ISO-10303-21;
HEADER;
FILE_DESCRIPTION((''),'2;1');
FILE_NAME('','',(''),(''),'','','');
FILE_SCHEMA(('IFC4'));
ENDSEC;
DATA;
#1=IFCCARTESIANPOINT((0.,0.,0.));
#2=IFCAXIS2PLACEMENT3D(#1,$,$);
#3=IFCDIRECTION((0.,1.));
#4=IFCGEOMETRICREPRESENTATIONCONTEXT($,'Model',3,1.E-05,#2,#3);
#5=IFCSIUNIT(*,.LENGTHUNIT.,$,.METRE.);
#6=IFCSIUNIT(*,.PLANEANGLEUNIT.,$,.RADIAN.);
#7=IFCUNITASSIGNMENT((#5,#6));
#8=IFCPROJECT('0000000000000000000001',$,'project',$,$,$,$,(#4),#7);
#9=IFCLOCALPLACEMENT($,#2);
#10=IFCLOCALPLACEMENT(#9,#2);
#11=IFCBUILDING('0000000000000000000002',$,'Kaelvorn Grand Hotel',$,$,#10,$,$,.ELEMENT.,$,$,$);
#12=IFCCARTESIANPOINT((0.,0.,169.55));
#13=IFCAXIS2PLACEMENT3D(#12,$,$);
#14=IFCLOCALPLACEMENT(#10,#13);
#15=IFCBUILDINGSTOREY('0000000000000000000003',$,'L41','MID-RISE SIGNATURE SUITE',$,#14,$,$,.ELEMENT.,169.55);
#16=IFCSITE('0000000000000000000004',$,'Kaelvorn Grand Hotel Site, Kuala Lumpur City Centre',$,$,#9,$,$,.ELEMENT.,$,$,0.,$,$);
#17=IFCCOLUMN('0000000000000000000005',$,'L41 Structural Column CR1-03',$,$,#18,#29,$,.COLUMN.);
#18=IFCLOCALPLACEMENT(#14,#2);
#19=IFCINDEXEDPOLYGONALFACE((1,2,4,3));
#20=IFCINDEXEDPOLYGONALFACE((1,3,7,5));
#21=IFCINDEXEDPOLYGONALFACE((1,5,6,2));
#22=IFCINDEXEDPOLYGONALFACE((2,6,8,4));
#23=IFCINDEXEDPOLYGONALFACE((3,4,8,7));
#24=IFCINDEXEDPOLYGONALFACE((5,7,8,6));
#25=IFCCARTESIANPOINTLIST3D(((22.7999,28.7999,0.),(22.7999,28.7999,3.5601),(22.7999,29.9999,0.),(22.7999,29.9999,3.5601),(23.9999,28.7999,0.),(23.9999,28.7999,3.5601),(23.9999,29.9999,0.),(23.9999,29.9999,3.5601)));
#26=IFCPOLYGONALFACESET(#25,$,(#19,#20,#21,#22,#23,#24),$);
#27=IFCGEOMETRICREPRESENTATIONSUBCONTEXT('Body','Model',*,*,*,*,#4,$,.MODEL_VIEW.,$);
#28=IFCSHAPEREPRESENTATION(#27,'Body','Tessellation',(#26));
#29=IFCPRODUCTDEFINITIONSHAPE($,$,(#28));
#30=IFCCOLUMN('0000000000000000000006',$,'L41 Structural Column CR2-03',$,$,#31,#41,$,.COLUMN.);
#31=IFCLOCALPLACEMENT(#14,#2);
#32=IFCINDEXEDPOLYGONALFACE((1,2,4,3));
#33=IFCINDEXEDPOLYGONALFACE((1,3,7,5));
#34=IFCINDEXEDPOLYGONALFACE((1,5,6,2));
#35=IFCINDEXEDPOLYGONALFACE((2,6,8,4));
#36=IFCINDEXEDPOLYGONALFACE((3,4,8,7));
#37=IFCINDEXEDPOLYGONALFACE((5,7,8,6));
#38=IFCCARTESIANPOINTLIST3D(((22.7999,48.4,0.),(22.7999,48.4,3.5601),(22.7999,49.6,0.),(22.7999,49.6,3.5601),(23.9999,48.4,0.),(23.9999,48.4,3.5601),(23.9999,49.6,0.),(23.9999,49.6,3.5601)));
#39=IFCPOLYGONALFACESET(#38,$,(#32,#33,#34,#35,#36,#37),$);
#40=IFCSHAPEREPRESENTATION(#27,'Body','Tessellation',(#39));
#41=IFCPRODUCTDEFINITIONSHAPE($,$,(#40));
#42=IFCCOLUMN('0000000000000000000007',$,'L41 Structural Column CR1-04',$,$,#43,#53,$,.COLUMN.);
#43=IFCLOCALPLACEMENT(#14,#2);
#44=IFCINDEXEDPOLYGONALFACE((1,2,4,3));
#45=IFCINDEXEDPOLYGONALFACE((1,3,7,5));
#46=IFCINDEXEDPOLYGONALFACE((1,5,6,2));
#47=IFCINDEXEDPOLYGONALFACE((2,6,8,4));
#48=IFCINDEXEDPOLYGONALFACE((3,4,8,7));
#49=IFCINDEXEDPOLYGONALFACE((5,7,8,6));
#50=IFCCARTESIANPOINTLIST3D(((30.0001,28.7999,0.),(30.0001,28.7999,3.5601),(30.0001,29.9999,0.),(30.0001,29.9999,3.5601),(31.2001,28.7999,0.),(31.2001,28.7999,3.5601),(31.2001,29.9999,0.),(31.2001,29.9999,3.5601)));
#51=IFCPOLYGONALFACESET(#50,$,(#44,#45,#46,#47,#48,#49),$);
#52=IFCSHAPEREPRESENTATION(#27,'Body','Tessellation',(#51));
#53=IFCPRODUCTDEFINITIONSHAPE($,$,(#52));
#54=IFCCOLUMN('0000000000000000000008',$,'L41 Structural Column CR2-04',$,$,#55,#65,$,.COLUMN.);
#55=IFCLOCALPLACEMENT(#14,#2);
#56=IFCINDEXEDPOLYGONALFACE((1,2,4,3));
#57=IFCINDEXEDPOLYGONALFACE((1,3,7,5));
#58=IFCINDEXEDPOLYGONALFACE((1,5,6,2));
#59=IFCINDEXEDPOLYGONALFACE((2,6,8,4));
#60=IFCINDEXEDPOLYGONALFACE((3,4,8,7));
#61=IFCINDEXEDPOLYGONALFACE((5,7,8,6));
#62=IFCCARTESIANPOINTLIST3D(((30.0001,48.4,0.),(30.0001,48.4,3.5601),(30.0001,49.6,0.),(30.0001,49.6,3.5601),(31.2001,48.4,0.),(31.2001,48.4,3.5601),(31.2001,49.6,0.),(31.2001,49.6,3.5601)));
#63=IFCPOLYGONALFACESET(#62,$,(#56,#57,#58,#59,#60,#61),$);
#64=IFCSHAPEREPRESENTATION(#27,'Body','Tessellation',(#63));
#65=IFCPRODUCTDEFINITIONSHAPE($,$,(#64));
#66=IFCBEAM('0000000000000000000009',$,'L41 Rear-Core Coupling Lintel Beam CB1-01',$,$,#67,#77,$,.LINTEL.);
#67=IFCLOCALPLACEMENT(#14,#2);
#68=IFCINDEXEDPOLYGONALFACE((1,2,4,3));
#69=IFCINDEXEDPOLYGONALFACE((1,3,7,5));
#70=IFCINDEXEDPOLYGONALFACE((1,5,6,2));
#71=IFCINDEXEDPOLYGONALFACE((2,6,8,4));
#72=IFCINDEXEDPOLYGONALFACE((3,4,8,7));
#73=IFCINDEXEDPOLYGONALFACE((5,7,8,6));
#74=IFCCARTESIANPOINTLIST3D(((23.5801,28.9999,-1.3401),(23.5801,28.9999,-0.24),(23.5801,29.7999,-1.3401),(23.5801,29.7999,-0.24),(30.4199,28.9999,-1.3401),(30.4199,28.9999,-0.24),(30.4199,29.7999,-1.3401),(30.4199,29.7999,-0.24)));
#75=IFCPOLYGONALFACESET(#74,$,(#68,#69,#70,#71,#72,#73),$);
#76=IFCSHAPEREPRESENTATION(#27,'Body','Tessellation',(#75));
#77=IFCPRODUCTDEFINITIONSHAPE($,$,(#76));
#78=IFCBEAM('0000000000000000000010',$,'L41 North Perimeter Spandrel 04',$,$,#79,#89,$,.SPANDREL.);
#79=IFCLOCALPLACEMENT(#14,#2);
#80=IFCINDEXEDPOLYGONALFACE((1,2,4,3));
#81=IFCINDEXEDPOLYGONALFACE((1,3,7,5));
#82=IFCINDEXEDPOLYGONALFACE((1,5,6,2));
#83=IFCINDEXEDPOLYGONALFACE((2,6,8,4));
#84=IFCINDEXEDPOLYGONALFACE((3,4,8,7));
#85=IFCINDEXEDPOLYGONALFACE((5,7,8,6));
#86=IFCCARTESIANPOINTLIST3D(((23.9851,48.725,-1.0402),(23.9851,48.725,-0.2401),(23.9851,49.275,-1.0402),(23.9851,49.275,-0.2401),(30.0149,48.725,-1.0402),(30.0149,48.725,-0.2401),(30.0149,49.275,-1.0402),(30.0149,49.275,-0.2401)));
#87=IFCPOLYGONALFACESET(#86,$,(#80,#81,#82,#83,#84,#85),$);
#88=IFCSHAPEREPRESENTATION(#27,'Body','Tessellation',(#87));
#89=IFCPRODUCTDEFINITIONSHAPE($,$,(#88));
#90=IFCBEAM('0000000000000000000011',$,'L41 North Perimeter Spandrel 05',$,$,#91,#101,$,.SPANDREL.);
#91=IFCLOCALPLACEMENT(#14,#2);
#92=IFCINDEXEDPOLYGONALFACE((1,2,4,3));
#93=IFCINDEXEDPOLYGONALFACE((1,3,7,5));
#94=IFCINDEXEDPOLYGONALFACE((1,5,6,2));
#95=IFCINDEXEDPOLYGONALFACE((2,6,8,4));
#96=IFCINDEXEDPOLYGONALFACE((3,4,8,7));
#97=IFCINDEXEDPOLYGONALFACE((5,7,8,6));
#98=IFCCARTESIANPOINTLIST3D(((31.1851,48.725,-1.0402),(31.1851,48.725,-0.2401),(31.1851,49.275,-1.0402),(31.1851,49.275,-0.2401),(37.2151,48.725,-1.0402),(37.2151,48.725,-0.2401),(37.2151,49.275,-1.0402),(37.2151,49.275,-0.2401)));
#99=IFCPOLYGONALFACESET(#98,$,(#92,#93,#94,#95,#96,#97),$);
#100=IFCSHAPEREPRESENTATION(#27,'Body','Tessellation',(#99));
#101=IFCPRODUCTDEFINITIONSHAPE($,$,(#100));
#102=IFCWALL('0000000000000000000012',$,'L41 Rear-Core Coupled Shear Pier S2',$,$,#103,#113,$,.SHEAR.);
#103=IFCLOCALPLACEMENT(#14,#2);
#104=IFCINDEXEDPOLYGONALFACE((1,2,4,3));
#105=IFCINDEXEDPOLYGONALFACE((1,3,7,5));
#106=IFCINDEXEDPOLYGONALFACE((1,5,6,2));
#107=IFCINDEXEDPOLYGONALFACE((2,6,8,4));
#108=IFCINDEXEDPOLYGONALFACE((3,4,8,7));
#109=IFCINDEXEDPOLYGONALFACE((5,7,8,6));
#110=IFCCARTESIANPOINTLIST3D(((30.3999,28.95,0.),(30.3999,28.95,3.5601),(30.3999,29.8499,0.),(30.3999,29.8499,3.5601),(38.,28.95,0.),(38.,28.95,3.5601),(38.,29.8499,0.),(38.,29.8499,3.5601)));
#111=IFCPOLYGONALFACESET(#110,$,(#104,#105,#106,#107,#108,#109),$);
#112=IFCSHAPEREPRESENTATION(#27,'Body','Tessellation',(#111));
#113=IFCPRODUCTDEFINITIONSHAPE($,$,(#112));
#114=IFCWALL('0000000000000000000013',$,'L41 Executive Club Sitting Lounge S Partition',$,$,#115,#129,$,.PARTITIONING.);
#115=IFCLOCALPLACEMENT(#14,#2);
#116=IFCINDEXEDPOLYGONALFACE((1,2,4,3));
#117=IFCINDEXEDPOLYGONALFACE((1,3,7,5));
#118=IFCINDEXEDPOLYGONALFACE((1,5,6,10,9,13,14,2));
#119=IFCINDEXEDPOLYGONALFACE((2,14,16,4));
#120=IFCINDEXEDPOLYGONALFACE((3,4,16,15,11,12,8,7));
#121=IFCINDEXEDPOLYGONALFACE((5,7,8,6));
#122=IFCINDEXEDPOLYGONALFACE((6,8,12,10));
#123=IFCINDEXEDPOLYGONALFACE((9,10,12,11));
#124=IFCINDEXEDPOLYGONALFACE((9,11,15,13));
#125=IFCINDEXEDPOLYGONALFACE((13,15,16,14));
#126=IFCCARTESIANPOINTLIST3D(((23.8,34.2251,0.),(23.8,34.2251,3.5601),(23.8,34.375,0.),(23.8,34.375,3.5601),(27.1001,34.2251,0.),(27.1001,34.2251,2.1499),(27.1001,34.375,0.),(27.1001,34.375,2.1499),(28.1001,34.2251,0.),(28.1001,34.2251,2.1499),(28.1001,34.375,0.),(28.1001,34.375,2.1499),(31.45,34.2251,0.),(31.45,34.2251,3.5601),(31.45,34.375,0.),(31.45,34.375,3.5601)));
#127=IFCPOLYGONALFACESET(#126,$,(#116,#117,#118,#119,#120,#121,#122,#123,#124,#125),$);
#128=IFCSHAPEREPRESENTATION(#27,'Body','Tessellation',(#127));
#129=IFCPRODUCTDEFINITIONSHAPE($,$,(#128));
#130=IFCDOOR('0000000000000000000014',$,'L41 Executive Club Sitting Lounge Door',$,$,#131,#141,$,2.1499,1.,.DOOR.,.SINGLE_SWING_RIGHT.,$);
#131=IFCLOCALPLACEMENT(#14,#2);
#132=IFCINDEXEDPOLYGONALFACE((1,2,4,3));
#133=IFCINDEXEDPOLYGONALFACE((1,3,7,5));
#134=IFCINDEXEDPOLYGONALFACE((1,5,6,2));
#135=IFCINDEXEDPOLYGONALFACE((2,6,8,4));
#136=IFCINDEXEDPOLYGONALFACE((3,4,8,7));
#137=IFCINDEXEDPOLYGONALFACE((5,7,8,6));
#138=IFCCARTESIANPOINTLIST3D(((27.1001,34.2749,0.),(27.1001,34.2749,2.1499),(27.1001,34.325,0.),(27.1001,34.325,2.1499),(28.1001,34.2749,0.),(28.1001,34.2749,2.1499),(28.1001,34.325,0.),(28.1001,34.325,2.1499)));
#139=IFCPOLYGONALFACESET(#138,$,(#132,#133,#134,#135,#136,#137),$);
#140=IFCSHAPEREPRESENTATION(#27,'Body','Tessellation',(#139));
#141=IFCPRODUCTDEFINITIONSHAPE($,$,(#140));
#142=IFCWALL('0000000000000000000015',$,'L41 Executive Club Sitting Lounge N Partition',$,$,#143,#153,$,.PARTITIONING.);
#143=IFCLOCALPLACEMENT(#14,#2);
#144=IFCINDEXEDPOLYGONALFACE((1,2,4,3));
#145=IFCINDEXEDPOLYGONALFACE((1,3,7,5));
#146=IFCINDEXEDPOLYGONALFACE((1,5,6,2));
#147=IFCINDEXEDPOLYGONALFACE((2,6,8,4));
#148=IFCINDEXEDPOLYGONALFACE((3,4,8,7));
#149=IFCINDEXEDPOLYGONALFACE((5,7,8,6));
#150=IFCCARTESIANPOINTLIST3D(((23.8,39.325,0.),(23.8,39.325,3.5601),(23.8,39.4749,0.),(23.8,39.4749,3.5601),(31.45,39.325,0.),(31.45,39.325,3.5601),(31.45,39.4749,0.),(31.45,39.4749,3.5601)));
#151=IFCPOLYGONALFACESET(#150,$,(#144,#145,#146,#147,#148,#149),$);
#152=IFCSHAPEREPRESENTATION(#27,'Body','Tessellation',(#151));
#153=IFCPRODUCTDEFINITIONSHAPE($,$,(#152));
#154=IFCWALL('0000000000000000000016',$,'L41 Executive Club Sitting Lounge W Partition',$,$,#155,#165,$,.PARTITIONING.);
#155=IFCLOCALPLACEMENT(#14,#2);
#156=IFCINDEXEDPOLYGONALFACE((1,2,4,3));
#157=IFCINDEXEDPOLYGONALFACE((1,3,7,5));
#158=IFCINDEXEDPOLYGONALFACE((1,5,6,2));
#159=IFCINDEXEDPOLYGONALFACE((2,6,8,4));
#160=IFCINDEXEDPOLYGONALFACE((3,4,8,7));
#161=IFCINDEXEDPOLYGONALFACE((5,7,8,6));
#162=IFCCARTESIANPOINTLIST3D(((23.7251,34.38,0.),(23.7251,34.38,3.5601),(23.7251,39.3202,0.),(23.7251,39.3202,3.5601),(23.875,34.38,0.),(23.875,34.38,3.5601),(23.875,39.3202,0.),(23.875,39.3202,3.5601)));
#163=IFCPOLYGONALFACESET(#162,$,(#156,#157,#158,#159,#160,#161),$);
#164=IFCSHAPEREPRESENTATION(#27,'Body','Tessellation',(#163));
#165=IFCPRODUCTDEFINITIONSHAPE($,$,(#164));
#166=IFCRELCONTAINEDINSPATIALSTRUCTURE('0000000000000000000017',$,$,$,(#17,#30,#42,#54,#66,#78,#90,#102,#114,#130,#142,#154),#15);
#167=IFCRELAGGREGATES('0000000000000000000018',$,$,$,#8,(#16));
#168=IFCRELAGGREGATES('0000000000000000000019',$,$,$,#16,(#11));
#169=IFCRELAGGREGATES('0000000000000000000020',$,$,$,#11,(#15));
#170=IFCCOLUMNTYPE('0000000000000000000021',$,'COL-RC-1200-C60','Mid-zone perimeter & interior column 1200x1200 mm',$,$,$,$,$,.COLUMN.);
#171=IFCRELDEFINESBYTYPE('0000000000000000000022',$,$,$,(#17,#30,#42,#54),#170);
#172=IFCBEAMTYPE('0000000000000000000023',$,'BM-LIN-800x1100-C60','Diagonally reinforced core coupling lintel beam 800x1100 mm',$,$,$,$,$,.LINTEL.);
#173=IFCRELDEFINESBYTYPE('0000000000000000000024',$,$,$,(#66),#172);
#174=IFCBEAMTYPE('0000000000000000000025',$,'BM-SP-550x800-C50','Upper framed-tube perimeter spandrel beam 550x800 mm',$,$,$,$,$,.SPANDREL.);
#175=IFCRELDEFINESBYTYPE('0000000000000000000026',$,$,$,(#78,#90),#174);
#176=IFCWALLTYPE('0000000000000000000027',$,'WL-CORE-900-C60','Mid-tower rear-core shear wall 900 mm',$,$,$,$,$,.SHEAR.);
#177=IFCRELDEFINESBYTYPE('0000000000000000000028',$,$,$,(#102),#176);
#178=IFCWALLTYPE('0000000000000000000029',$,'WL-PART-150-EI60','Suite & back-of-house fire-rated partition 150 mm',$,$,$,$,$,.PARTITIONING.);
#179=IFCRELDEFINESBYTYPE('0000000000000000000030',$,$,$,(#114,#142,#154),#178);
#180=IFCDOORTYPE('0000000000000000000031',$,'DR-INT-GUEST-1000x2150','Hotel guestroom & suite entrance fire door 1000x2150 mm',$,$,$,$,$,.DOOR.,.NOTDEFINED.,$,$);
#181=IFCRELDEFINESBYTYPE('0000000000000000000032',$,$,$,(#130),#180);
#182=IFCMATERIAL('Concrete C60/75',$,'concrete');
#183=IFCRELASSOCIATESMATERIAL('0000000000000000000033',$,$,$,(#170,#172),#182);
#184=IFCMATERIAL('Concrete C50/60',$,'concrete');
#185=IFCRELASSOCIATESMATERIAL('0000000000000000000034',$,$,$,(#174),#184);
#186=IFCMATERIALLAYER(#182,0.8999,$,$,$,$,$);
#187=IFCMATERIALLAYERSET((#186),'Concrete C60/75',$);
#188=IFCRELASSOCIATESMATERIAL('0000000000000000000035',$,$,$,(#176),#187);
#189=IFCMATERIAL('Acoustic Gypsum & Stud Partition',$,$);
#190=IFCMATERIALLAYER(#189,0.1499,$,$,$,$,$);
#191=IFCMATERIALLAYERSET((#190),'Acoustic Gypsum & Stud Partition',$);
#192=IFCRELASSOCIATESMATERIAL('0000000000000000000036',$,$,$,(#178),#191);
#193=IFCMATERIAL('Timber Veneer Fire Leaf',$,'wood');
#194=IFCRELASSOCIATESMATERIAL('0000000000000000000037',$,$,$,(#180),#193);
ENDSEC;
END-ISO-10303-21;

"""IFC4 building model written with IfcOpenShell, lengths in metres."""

from ifc_helpers import new_model, si_unit, direction, frame, frame_2d, origin, origin_2d, place, context, subcontext, project, spatial, rectangle, extrude, material, layer, layer_set, material_profile, profile_set, type_object, element, fill, save


model = new_model("IFC4")

# Units and contexts
model_context = context("Model", 3, precision=1e-05, world=origin(), true_north=direction((0.0, 1.0)))
body_context = subcontext(model_context, "Body", "Model", "MODEL_VIEW")
ifc_project = project(units=[si_unit("LENGTHUNIT", "METRE"), si_unit("PLANEANGLEUNIT", "RADIAN")], contexts=[model_context])

# Site, building, storey
site_placement = place(None, origin())
site = spatial("IfcSite", under=ifc_project, at=site_placement, Name="Kaelvorn Grand Hotel Site, Kuala Lumpur City Centre", CompositionType="ELEMENT", RefElevation=0.0)
building_placement = place(site_placement, origin())
building = spatial("IfcBuilding", under=site, at=building_placement, Name="Kaelvorn Grand Hotel", CompositionType="ELEMENT")
storey_placement = place(building_placement, frame((0.0, 0.0, 169.55)))
storey = spatial("IfcBuildingStorey", under=building, at=storey_placement, Name="L41", Description="MID-RISE SIGNATURE SUITE", CompositionType="ELEMENT", Elevation=169.55)

# Columns
ifc_material_1 = material(Name="Concrete C60/75", Category="concrete")
ifc_material_profile_1 = material_profile(ifc_material_1, rectangle(XDim=1.2, YDim=1.2, at=origin_2d()), Name="RC COL 1200x1200")
ifc_profile_set_1 = profile_set([ifc_material_profile_1], Name="Concrete C60/75")
column_type = type_object("IfcColumnType", Name="COL-RC-1200-C60", Description="Mid-zone perimeter & interior column 1200x1200 mm", PredefinedType="COLUMN", material=ifc_profile_set_1)
for number, where, z_axis, x_axis, name in (
    (1, (23.3999, 29.3999, 0.0), (0.0, 0.0, 1.0), (1.0, 0.0, 0.0), "L41 Structural Column CR1-03"),
    (2, (23.3999, 49.0, 0.0), (0.0, 0.0, 1.0), (1.0, 0.0, 0.0), "L41 Structural Column CR2-03"),
    (3, (30.6001, 29.3999, 0.0), (0.0, 0.0, 1.0), (1.0, 0.0, 0.0), "L41 Structural Column CR1-04"),
    (4, (30.6001, 49.0, 0.0), (0.0, 0.0, 1.0), (1.0, 0.0, 0.0), "L41 Structural Column CR2-04"),
):
    element("IfcColumn", number, at=place(storey_placement, frame(where, z_axis=z_axis, x_axis=x_axis)), inside=storey, type_object=column_type, Name=name, PredefinedType="COLUMN", context=body_context, shape_type="SweptSolid", body=[
        extrude(rectangle(XDim=1.2, YDim=1.2, at=origin_2d()), origin(), (0.0, 0.0, 1.0), 3.5601),
    ])

# Beams
ifc_material_profile_2 = material_profile(ifc_material_1, rectangle(XDim=0.8, YDim=1.1001, at=origin_2d()), Name="RC LINTEL 800x1100")
ifc_profile_set_2 = profile_set([ifc_material_profile_2], Name="Concrete C60/75")
beam_type_1 = type_object("IfcBeamType", Name="BM-LIN-800x1100-C60", Description="Diagonally reinforced core coupling lintel beam 800x1100 mm", PredefinedType="LINTEL", material=ifc_profile_set_2)
beam_1_placement = place(storey_placement, frame((23.5801, 29.3999, -0.79), z_axis=(1.0, 0.0, 0.0), x_axis=(0.0, 1.0, 0.0)))
element("IfcBeam", 5, at=beam_1_placement, inside=storey, type_object=beam_type_1, Name="L41 Rear-Core Coupling Lintel Beam CB1-01", PredefinedType="LINTEL", context=body_context, shape_type="SweptSolid", body=[
    extrude(rectangle(XDim=0.8, YDim=1.1001, at=origin_2d()), origin(), (0.0, 0.0, 1.0), 6.8398),
])
ifc_material_2 = material(Name="Concrete C50/60", Category="concrete")
ifc_material_profile_3 = material_profile(ifc_material_2, rectangle(XDim=0.55, YDim=0.8, at=origin_2d()), Name="RC SPANDREL 550x800")
ifc_profile_set_3 = profile_set([ifc_material_profile_3], Name="Concrete C50/60")
beam_type_2 = type_object("IfcBeamType", Name="BM-SP-550x800-C50", Description="Upper framed-tube perimeter spandrel beam 550x800 mm", PredefinedType="SPANDREL", material=ifc_profile_set_3)
beam_2_placement = place(storey_placement, frame((23.9851, 49.0, -0.6401), z_axis=(1.0, 0.0, 0.0), x_axis=(0.0, 1.0, 0.0)))
element("IfcBeam", 6, at=beam_2_placement, inside=storey, type_object=beam_type_2, Name="L41 North Perimeter Spandrel 04", PredefinedType="SPANDREL", context=body_context, shape_type="SweptSolid", body=[
    extrude(rectangle(XDim=0.55, YDim=0.8, at=origin_2d()), origin(), (0.0, 0.0, 1.0), 6.0298),
])
beam_3_placement = place(storey_placement, frame((31.1851, 49.0, -0.6401), z_axis=(1.0, 0.0, 0.0), x_axis=(0.0, 1.0, 0.0)))
element("IfcBeam", 7, at=beam_3_placement, inside=storey, type_object=beam_type_2, Name="L41 North Perimeter Spandrel 05", PredefinedType="SPANDREL", context=body_context, shape_type="SweptSolid", body=[
    extrude(rectangle(XDim=0.55, YDim=0.8, at=origin_2d()), origin(), (0.0, 0.0, 1.0), 6.03),
])

# Wall
ifc_layer_1 = layer(ifc_material_1, 0.8999)
ifc_layer_set_1 = layer_set([ifc_layer_1], Name="Concrete C60/75")
wall_type_1 = type_object("IfcWallType", Name="WL-CORE-900-C60", Description="Mid-tower rear-core shear wall 900 mm", PredefinedType="SHEAR", material=ifc_layer_set_1)
wall_1_placement = place(storey_placement, frame((30.3999, 29.3999, 0.0), z_axis=(0.0, 0.0, 1.0), x_axis=(1.0, 0.0, 0.0)))
element("IfcWall", 8, at=wall_1_placement, inside=storey, type_object=wall_type_1, Name="L41 Rear-Core Coupled Shear Pier S2", PredefinedType="SHEAR", context=body_context, shape_type="SweptSolid", body=[
    extrude(rectangle(XDim=7.6001, YDim=0.8999, at=frame_2d((3.8, 0.0))), origin(), (0.0, 0.0, 1.0), 3.5601),
])

# Wall, opening, door
ifc_material_3 = material(Name="Acoustic Gypsum & Stud Partition")
ifc_layer_2 = layer(ifc_material_3, 0.1499)
ifc_layer_set_2 = layer_set([ifc_layer_2], Name="Acoustic Gypsum & Stud Partition")
wall_type_2 = type_object("IfcWallType", Name="WL-PART-150-EI60", Description="Suite & back-of-house fire-rated partition 150 mm", PredefinedType="PARTITIONING", material=ifc_layer_set_2)
wall_2_placement = place(storey_placement, frame((23.8, 34.3, 0.0), z_axis=(0.0, 0.0, 1.0), x_axis=(1.0, 0.0, 0.0)))
wall_2 = element("IfcWall", 9, at=wall_2_placement, inside=storey, type_object=wall_type_2, Name="L41 Executive Club Sitting Lounge S Partition", PredefinedType="PARTITIONING", context=body_context, shape_type="SweptSolid", body=[
    extrude(rectangle(XDim=7.6499, YDim=0.1499, at=frame_2d((3.825, 0.0))), origin(), (0.0, 0.0, 1.0), 3.5601),
])
opening_1_placement = place(wall_2_placement, frame((3.3, 0.0, 0.0)))
opening_1 = element("IfcOpeningElement", 10, at=opening_1_placement, cuts=wall_2, PredefinedType="OPENING", context=body_context, shape_type="SweptSolid", body=[
    extrude(rectangle(XDim=1.0, YDim=2.1499, at=frame_2d((0.5, 1.075))), frame((0.0, 0.085, 0.0), z_axis=(0.0, -1.0, 0.0), x_axis=(1.0, 0.0, 0.0)), (0.0, 0.0, 1.0), 0.1699),
])
ifc_material_4 = material(Name="Timber Veneer Fire Leaf", Category="wood")
door_type_1 = type_object("IfcDoorType", Name="DR-INT-GUEST-1000x2150", Description="Hotel guestroom & suite entrance fire door 1000x2150 mm", OperationType="NOTDEFINED", PredefinedType="DOOR", material=ifc_material_4)
door_1_placement = place(opening_1_placement, origin())
door_1 = element("IfcDoor", 11, at=door_1_placement, inside=storey, type_object=door_type_1, Name="L41 Executive Club Sitting Lounge Door", OperationType="SINGLE_SWING_RIGHT", OverallHeight=2.1499, OverallWidth=1.0, PredefinedType="DOOR", context=body_context, shape_type="SweptSolid", body=[
    extrude(rectangle(XDim=1.0, YDim=2.1499, at=frame_2d((0.5, 1.075))), frame((0.0, 0.0249, 0.0), z_axis=(0.0, -1.0, 0.0), x_axis=(1.0, 0.0, 0.0)), (0.0, 0.0, 1.0), 0.05),
])
fill(opening_1, door_1)

# Walls
wall_3_placement = place(storey_placement, frame((23.8, 39.3999, 0.0), z_axis=(0.0, 0.0, 1.0), x_axis=(1.0, 0.0, 0.0)))
element("IfcWall", 12, at=wall_3_placement, inside=storey, type_object=wall_type_2, Name="L41 Executive Club Sitting Lounge N Partition", PredefinedType="PARTITIONING", context=body_context, shape_type="SweptSolid", body=[
    extrude(rectangle(XDim=7.6499, YDim=0.1499, at=frame_2d((3.825, 0.0))), origin(), (0.0, 0.0, 1.0), 3.5601),
])
wall_4_placement = place(storey_placement, frame((23.8, 34.3799, 0.0), z_axis=(0.0, 0.0, 1.0), x_axis=(0.0, 1.0, 0.0)))
element("IfcWall", 13, at=wall_4_placement, inside=storey, type_object=wall_type_2, Name="L41 Executive Club Sitting Lounge W Partition", PredefinedType="PARTITIONING", context=body_context, shape_type="SweptSolid", body=[
    extrude(rectangle(XDim=4.9402, YDim=0.1499, at=frame_2d((2.4702, 0.0))), origin(), (0.0, 0.0, 1.0), 3.5601),
])

save(model, "model.ifc")
